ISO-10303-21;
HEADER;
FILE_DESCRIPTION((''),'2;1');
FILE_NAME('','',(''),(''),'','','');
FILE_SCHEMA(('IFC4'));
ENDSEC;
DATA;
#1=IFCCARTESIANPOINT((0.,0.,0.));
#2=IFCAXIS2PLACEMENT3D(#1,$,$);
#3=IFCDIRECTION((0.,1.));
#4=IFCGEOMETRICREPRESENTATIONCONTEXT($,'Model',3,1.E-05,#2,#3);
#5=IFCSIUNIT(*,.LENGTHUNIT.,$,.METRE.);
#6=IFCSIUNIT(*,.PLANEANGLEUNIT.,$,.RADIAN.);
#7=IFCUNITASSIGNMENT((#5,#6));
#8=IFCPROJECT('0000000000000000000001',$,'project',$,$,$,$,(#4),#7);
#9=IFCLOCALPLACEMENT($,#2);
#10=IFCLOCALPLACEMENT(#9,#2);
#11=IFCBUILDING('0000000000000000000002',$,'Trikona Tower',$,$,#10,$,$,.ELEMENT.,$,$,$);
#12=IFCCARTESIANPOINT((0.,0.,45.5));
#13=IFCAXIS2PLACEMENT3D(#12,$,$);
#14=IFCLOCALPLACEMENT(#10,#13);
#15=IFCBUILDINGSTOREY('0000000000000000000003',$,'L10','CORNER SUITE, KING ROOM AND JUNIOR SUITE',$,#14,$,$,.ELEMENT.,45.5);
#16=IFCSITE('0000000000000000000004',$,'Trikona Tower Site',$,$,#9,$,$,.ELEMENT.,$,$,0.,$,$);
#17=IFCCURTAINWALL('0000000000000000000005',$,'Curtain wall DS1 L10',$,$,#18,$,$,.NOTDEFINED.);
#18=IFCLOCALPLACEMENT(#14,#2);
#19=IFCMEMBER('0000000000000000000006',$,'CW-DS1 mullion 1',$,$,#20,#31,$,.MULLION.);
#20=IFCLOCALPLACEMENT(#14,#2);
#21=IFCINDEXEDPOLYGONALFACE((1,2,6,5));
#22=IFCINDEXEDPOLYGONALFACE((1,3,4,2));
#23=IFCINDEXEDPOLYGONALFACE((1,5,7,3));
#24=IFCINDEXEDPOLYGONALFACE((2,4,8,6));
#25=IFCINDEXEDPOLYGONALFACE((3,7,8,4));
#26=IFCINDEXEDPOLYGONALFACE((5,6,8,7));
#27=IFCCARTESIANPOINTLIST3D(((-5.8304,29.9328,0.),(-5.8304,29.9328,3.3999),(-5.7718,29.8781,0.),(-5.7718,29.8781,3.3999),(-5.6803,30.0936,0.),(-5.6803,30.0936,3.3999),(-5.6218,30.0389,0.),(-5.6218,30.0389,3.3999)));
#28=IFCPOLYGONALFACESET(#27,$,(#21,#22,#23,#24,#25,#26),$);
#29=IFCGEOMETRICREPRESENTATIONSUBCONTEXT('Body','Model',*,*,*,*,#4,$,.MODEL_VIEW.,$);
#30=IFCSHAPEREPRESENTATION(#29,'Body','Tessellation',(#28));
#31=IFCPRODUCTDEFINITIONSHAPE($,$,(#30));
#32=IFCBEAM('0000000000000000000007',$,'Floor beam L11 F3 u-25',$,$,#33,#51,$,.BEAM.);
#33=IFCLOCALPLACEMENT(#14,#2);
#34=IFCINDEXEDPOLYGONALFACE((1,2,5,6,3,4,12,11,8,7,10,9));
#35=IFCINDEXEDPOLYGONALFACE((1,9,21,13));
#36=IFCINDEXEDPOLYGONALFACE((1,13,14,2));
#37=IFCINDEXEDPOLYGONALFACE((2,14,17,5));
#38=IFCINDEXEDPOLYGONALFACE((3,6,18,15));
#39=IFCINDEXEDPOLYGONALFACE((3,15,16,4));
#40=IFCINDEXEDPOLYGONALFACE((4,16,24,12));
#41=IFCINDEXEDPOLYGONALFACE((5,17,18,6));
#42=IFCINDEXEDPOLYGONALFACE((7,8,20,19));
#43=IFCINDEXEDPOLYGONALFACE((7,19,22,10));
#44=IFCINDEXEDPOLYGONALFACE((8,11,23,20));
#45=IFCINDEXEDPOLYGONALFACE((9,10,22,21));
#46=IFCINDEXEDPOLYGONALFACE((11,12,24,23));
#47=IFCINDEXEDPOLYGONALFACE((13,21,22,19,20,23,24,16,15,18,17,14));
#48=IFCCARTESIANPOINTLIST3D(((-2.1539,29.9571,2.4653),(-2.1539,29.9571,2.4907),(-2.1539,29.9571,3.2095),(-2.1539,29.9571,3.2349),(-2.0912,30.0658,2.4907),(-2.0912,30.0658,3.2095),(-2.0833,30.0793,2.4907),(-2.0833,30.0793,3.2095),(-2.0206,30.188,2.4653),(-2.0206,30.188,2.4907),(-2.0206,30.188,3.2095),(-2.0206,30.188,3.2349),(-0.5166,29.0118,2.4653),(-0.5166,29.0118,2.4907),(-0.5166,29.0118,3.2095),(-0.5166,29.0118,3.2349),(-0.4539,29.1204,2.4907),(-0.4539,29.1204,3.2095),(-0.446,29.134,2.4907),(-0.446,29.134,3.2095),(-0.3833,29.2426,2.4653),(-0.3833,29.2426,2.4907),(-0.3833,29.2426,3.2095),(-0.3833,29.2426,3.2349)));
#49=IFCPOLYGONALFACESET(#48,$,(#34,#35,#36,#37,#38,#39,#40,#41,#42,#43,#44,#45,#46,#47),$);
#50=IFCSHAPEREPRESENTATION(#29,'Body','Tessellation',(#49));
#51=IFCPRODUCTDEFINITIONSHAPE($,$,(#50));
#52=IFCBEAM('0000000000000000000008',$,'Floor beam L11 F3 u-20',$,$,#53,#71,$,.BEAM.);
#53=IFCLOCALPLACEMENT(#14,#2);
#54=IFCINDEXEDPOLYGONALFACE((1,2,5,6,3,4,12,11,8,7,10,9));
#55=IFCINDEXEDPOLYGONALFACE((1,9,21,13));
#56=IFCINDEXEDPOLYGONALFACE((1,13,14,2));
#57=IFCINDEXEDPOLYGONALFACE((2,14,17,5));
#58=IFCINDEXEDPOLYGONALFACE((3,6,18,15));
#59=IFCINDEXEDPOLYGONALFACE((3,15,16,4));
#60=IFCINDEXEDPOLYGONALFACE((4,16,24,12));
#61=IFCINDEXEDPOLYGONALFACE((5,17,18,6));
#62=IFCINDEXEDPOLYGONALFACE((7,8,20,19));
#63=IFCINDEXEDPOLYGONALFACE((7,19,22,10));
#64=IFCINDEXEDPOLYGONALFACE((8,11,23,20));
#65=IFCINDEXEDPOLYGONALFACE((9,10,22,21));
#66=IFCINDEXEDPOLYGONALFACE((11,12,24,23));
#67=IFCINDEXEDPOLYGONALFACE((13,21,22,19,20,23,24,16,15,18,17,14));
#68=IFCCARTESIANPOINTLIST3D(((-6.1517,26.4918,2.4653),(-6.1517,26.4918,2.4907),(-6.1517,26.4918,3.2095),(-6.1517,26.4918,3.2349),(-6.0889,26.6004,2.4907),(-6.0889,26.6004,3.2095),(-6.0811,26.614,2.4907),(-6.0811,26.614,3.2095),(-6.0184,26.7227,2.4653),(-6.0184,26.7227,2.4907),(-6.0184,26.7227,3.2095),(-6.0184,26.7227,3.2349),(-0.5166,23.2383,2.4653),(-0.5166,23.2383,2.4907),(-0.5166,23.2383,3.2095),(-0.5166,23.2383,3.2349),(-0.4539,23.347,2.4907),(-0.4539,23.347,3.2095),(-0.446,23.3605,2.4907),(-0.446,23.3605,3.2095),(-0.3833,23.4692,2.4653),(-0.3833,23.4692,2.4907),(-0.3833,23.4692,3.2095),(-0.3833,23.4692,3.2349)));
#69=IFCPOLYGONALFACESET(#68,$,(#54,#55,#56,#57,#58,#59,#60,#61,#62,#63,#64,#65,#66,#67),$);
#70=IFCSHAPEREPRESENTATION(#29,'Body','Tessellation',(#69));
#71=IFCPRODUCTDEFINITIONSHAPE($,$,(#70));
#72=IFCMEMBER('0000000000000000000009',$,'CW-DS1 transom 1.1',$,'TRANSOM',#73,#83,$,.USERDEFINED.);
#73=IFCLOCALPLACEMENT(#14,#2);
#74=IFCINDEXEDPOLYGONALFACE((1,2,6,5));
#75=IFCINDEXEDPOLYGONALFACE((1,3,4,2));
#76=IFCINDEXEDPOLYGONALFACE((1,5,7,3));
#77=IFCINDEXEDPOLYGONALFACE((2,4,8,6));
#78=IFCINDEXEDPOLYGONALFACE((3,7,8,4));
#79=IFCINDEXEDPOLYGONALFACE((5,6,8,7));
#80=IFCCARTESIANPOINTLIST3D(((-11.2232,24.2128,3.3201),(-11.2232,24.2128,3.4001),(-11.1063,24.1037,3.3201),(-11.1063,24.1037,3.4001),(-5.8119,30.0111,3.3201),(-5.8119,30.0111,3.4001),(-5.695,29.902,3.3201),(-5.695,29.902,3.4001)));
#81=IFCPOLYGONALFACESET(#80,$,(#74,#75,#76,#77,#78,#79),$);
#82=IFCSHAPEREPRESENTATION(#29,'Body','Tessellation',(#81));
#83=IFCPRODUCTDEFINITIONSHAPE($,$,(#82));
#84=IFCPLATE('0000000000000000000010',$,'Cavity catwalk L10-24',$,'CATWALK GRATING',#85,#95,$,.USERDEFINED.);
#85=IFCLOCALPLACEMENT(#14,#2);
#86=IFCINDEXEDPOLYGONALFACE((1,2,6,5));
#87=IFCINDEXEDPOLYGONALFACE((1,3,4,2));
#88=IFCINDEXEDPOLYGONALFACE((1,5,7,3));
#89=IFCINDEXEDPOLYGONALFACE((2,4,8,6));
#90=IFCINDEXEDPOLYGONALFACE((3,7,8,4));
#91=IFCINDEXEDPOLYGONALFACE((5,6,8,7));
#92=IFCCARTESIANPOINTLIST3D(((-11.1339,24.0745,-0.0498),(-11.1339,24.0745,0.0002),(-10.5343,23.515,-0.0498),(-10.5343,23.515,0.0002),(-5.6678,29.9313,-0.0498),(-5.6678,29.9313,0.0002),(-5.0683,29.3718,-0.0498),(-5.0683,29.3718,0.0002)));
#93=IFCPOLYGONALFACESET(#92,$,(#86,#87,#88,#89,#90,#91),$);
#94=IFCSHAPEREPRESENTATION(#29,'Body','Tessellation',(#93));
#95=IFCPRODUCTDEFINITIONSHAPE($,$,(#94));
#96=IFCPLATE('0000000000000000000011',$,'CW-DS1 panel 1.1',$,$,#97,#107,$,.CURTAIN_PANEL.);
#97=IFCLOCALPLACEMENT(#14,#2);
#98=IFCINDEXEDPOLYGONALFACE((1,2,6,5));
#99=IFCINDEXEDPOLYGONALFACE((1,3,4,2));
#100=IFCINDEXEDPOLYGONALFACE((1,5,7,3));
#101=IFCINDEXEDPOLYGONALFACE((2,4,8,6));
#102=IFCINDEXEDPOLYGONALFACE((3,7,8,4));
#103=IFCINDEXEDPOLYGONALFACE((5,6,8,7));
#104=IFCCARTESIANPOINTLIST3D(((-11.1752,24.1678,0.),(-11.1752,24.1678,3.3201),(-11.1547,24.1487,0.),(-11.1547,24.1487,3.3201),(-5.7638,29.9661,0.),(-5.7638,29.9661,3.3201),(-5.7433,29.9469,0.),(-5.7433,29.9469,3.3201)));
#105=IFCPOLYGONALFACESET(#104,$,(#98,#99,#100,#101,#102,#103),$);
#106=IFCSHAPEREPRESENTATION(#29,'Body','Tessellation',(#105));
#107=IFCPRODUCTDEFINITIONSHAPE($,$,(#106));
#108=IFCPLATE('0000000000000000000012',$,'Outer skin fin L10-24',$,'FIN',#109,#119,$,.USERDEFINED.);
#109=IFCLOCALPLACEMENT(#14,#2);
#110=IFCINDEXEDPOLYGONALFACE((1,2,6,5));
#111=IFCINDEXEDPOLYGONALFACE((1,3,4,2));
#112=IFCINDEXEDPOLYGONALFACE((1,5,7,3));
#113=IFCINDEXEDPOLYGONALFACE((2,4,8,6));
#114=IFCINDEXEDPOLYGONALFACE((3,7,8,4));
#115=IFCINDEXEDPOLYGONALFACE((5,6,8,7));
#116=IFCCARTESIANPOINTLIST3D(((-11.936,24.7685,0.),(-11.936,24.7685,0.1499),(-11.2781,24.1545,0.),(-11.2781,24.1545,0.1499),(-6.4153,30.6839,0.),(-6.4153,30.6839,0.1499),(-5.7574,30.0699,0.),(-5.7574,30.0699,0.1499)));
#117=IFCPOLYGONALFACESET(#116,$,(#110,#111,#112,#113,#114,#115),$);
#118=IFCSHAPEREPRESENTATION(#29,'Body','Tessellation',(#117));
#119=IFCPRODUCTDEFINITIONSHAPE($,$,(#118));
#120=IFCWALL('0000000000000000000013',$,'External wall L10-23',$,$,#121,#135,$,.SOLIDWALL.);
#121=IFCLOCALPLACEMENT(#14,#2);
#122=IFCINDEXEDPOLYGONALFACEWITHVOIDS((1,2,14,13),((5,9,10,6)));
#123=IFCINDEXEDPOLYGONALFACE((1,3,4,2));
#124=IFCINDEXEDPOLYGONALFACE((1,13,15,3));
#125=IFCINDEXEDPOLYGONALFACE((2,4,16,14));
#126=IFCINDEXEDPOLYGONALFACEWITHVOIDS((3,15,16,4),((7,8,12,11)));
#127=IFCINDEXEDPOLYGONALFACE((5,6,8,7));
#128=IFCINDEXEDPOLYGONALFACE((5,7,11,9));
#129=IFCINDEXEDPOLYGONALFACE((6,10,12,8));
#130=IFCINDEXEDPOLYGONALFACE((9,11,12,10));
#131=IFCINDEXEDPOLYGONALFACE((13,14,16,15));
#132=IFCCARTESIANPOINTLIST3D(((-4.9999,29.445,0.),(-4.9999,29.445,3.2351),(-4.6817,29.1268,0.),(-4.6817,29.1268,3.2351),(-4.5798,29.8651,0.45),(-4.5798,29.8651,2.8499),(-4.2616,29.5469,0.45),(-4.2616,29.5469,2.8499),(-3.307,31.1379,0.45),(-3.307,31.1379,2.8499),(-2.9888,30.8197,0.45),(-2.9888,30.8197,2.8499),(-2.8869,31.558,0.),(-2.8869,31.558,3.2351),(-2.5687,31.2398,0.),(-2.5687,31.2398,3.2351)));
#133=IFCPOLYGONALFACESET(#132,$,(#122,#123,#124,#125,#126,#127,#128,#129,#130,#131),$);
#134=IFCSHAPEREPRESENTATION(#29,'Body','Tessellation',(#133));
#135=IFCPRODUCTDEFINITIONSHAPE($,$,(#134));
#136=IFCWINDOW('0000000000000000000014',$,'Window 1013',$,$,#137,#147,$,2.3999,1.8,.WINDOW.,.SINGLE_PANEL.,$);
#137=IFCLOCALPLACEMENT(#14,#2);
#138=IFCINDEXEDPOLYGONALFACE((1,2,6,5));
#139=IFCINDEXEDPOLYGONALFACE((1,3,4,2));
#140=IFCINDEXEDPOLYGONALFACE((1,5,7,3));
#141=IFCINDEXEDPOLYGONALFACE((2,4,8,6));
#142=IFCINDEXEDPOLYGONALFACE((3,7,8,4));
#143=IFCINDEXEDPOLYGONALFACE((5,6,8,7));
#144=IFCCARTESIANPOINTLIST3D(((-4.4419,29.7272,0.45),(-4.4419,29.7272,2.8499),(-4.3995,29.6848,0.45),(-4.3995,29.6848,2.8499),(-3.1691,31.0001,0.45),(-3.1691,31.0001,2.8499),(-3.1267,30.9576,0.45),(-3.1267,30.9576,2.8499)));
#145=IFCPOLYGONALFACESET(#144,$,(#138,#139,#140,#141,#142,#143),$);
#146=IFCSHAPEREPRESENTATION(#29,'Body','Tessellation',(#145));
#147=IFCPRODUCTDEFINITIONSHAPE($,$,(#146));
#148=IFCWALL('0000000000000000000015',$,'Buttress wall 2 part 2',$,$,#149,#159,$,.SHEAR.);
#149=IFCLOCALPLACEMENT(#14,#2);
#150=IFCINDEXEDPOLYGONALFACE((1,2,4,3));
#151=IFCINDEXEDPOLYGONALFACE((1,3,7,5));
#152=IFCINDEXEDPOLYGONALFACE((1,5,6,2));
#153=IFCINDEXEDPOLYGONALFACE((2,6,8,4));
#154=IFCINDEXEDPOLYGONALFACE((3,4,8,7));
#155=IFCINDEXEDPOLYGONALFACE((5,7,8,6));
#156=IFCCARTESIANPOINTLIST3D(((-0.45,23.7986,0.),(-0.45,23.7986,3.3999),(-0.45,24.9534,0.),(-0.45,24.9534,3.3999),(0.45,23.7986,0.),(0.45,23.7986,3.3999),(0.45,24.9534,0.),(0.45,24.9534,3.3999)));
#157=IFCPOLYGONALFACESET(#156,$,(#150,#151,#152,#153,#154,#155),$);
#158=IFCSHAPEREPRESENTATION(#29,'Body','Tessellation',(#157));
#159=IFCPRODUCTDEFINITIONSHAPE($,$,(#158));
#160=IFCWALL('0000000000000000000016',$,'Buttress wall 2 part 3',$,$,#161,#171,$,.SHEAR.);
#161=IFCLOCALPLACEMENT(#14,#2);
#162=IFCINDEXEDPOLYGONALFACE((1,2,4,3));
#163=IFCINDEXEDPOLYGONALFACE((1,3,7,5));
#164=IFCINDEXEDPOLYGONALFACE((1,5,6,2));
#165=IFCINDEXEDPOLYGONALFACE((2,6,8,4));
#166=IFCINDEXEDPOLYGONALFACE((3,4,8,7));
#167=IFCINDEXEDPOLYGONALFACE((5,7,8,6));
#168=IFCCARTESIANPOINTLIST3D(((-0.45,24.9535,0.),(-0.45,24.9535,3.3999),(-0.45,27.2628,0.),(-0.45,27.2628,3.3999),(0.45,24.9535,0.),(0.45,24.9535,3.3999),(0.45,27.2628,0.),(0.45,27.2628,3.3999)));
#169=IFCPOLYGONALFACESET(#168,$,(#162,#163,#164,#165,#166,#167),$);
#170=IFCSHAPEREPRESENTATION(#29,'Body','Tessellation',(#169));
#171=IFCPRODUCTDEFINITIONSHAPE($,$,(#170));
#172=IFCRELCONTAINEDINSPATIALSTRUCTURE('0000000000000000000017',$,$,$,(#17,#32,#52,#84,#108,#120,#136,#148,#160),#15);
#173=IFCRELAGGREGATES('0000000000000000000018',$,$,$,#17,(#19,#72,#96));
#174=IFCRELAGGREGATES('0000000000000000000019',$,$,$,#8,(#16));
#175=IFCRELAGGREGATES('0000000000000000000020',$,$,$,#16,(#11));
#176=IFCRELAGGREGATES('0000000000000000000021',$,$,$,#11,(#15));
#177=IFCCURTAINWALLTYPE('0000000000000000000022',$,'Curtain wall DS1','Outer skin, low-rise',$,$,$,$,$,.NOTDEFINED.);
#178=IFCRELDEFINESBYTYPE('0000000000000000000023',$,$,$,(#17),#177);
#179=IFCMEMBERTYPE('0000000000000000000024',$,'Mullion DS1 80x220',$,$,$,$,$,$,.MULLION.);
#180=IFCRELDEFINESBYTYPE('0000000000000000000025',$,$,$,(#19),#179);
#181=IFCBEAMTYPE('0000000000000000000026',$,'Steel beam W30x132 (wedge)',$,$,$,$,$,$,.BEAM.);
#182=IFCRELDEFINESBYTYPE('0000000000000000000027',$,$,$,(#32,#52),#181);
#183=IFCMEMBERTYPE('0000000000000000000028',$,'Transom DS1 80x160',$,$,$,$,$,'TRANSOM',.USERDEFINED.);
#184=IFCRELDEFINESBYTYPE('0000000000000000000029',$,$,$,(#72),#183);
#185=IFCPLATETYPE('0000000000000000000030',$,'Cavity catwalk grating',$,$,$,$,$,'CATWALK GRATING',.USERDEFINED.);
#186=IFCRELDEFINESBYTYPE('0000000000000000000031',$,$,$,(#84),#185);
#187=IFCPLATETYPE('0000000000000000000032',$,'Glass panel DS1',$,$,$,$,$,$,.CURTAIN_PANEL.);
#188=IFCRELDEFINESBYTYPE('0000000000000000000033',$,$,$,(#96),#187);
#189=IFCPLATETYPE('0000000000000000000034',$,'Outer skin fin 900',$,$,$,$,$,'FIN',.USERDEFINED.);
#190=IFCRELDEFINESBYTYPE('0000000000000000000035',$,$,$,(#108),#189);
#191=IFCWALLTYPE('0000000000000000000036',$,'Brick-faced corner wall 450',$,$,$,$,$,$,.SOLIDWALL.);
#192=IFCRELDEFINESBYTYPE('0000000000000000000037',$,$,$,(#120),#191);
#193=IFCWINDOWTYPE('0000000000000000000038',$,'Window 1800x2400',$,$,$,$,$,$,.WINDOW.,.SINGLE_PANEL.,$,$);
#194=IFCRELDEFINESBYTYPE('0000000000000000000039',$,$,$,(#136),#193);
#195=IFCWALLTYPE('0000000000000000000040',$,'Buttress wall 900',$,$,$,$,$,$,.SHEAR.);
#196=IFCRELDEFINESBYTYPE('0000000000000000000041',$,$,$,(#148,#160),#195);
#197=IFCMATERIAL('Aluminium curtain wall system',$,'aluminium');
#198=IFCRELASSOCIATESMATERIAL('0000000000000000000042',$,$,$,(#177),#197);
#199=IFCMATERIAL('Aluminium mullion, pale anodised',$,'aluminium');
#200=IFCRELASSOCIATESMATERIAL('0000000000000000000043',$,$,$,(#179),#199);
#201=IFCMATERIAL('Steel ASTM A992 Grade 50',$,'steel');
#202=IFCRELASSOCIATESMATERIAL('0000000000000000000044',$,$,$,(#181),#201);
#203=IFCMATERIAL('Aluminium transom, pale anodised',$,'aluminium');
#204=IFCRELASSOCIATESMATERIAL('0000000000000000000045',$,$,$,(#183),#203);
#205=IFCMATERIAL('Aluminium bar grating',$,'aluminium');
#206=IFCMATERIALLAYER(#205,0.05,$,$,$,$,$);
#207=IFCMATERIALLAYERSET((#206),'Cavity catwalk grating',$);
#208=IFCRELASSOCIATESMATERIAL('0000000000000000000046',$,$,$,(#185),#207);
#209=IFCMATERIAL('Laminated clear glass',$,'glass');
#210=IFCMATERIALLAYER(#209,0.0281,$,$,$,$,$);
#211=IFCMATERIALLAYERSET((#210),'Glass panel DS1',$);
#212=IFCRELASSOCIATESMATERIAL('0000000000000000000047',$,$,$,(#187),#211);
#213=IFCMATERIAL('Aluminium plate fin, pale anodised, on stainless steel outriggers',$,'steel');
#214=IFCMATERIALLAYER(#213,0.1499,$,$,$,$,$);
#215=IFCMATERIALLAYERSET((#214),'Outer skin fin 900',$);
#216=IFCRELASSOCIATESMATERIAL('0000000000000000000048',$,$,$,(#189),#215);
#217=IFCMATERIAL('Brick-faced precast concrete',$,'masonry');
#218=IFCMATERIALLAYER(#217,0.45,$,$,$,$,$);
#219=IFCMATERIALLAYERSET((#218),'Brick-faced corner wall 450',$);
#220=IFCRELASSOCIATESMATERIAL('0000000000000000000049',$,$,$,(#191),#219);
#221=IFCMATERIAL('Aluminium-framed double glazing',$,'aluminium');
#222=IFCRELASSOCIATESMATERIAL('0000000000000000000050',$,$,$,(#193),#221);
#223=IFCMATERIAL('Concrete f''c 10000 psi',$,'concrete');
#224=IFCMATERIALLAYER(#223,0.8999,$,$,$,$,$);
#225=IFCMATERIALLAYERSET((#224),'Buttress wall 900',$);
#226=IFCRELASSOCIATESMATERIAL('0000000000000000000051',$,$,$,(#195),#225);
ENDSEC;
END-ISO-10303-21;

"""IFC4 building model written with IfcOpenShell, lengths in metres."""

from ifc_helpers import new_model, si_unit, direction, frame, frame_2d, origin, origin_2d, place, context, subcontext, project, spatial, rectangle, i_section, extrude, material, layer, layer_set, material_profile, profile_set, type_object, element, fill, aggregate, save


model = new_model("IFC4")

# Units and contexts
model_context = context("Model", 3, precision=1e-05, world=origin(), true_north=direction((0.0, 1.0)))
body_context = subcontext(model_context, "Body", "Model", "MODEL_VIEW")
ifc_project = project(units=[si_unit("LENGTHUNIT", "METRE"), si_unit("PLANEANGLEUNIT", "RADIAN")], contexts=[model_context])

# Site, building, storey
site_placement = place(None, origin())
site = spatial("IfcSite", under=ifc_project, at=site_placement, Name="Trikona Tower Site", CompositionType="ELEMENT", RefElevation=0.0)
building_placement = place(site_placement, origin())
building = spatial("IfcBuilding", under=site, at=building_placement, Name="Trikona Tower", CompositionType="ELEMENT")
storey_placement = place(building_placement, frame((0.0, 0.0, 45.5)))
storey = spatial("IfcBuildingStorey", under=building, at=storey_placement, Name="L10", Description="CORNER SUITE, KING ROOM AND JUNIOR SUITE", CompositionType="ELEMENT", Elevation=45.5)

# Curtain wall, member
ifc_material_1 = material(Name="Aluminium curtain wall system", Category="aluminium")
curtain_wall_type = type_object("IfcCurtainWallType", Name="Curtain wall DS1", Description="Outer skin, low-rise", PredefinedType="NOTDEFINED", material=ifc_material_1)
curtain_wall_placement = place(storey_placement, origin())
curtain_wall = element("IfcCurtainWall", 1, at=curtain_wall_placement, inside=storey, type_object=curtain_wall_type, Name="Curtain wall DS1 L10", PredefinedType="NOTDEFINED")
ifc_material_2 = material(Name="Aluminium mullion, pale anodised", Category="aluminium")
ifc_material_profile_1 = material_profile(ifc_material_2, rectangle(XDim=0.0801, YDim=0.22, at=origin_2d()), Name="MUL-DS1")
ifc_profile_set_1 = profile_set([ifc_material_profile_1], Name="Aluminium mullion, pale anodised")
member_type_1 = type_object("IfcMemberType", Name="Mullion DS1 80x220", PredefinedType="MULLION", material=ifc_profile_set_1)
member_1_placement = place(storey_placement, frame((-5.7261, 29.9858, 0.0), z_axis=(0.0, 0.0, 1.0), x_axis=(0.731077, -0.682295, 0.0)))
member_1 = element("IfcMember", 2, at=member_1_placement, type_object=member_type_1, Name="CW-DS1 mullion 1", PredefinedType="MULLION", context=body_context, shape_type="SweptSolid", body=[
    extrude(rectangle(XDim=0.0801, YDim=0.22, at=origin_2d()), origin(), (0.0, 0.0, 1.0), 3.3999),
])

# Beams
ifc_material_3 = material(Name="Steel ASTM A992 Grade 50", Category="steel")
ifc_material_profile_2 = material_profile(ifc_material_3, i_section(OverallWidth=0.2666, OverallDepth=0.7695, WebThickness=0.0156, FlangeThickness=0.0254, at=origin_2d()), Name="W30X132")
ifc_profile_set_2 = profile_set([ifc_material_profile_2], Name="Steel ASTM A992 Grade 50")
beam_type = type_object("IfcBeamType", Name="Steel beam W30x132 (wedge)", PredefinedType="BEAM", material=ifc_profile_set_2)
beam_1_placement = place(storey_placement, frame((-0.45, 29.1272, 2.8501), z_axis=(-0.866009, 0.500028, 0.0), x_axis=(-0.500028, -0.866009, 0.0)))
element("IfcBeam", 3, at=beam_1_placement, inside=storey, type_object=beam_type, Name="Floor beam L11 F3 u-25", PredefinedType="BEAM", context=body_context, shape_type="SweptSolid", body=[
    extrude(i_section(OverallWidth=0.2666, OverallDepth=0.7695, WebThickness=0.0156, FlangeThickness=0.0254, at=origin_2d()), origin(), (0.0, 0.0, 1.0), 1.8906),
])
beam_2_placement = place(storey_placement, frame((-0.45, 23.3538, 2.8501), z_axis=(-0.866023, 0.500005, 0.0), x_axis=(-0.500005, -0.866023, 0.0)))
element("IfcBeam", 4, at=beam_2_placement, inside=storey, type_object=beam_type, Name="Floor beam L11 F3 u-20", PredefinedType="BEAM", context=body_context, shape_type="SweptSolid", body=[
    extrude(i_section(OverallWidth=0.2666, OverallDepth=0.7695, WebThickness=0.0156, FlangeThickness=0.0254, at=origin_2d()), origin(), (0.0, 0.0, 1.0), 6.5068),
])

# Member
ifc_material_4 = material(Name="Aluminium transom, pale anodised", Category="aluminium")
ifc_material_profile_3 = material_profile(ifc_material_4, rectangle(XDim=0.1599, YDim=0.0801, at=origin_2d()), Name="TRN-DS1")
ifc_profile_set_3 = profile_set([ifc_material_profile_3], Name="Aluminium transom, pale anodised")
member_type_2 = type_object("IfcMemberType", Name="Transom DS1 80x160", ElementType="TRANSOM", PredefinedType="USERDEFINED", material=ifc_profile_set_3)
member_2_placement = place(storey_placement, frame((-5.7534, 29.9565, 3.3601), z_axis=(-0.682291, -0.731081, 0.0), x_axis=(0.731081, -0.682291, 0.0)))
member_2 = element("IfcMember", 5, at=member_2_placement, type_object=member_type_2, Name="CW-DS1 transom 1.1", ObjectType="TRANSOM", PredefinedType="USERDEFINED", context=body_context, shape_type="SweptSolid", body=[
    extrude(rectangle(XDim=0.1599, YDim=0.0801, at=origin_2d()), origin(), (0.0, 0.0, 1.0), 7.9312),
])

# Plates
ifc_material_5 = material(Name="Aluminium bar grating", Category="aluminium")
ifc_layer_1 = layer(ifc_material_5, 0.05)
ifc_layer_set_1 = layer_set([ifc_layer_1], Name="Cavity catwalk grating")
plate_type_1 = type_object("IfcPlateType", Name="Cavity catwalk grating", ElementType="CATWALK GRATING", PredefinedType="USERDEFINED", material=ifc_layer_set_1)
plate_1_placement = place(storey_placement, frame((-8.1011, 26.7231, -0.0498), z_axis=(0.0, 0.0, 1.0), x_axis=(-0.682298, -0.731074, 0.0)))
element("IfcPlate", 6, at=plate_1_placement, inside=storey, type_object=plate_type_1, Name="Cavity catwalk L10-24", ObjectType="CATWALK GRATING", PredefinedType="USERDEFINED", context=body_context, shape_type="SweptSolid", body=[
    extrude(rectangle(XDim=8.0112, YDim=0.8201, at=origin_2d()), origin(), (0.0, 0.0, 1.0), 0.05),
])
ifc_material_6 = material(Name="Laminated clear glass", Category="glass")
ifc_layer_2 = layer(ifc_material_6, 0.0281)
ifc_layer_set_2 = layer_set([ifc_layer_2], Name="Glass panel DS1")
plate_type_2 = type_object("IfcPlateType", Name="Glass panel DS1", PredefinedType="CURTAIN_PANEL", material=ifc_layer_set_2)
plate_2_placement = place(storey_placement, frame((-8.4592, 27.0574, 0.0), z_axis=(0.0, 0.0, 1.0), x_axis=(-0.682295, -0.731077, 0.0)))
plate_2 = element("IfcPlate", 7, at=plate_2_placement, type_object=plate_type_2, Name="CW-DS1 panel 1.1", PredefinedType="CURTAIN_PANEL", context=body_context, shape_type="SweptSolid", body=[
    extrude(rectangle(XDim=7.9312, YDim=0.0281, at=origin_2d()), origin(), (0.0, 0.0, 1.0), 3.3201),
])
aggregate(curtain_wall, [member_1, member_2, plate_2])
ifc_material_7 = material(Name="Aluminium plate fin, pale anodised, on stainless steel outriggers", Category="steel")
ifc_layer_3 = layer(ifc_material_7, 0.1499)
ifc_layer_set_3 = layer_set([ifc_layer_3], Name="Outer skin fin 900")
plate_type_3 = type_object("IfcPlateType", Name="Outer skin fin 900", ElementType="FIN", PredefinedType="USERDEFINED", material=ifc_layer_set_3)
plate_3_placement = place(storey_placement, frame((-8.8467, 27.4192, 0.0), z_axis=(0.0, 0.0, 1.0), x_axis=(-0.682298, -0.731074, 0.0)))
element("IfcPlate", 8, at=plate_3_placement, inside=storey, type_object=plate_type_3, Name="Outer skin fin L10-24", ObjectType="FIN", PredefinedType="USERDEFINED", context=body_context, shape_type="SweptSolid", body=[
    extrude(rectangle(XDim=8.0913, YDim=0.8999, at=origin_2d()), origin(), (0.0, 0.0, 1.0), 0.1499),
])

# Wall, opening, window
ifc_material_8 = material(Name="Brick-faced precast concrete", Category="masonry")
ifc_layer_4 = layer(ifc_material_8, 0.45)
ifc_layer_set_4 = layer_set([ifc_layer_4], Name="Brick-faced corner wall 450")
wall_type_1 = type_object("IfcWallType", Name="Brick-faced corner wall 450", PredefinedType="SOLIDWALL", material=ifc_layer_set_4)
wall_1_placement = place(storey_placement, frame((-2.7278, 31.3989, 0.0), z_axis=(0.0, 0.0, 1.0), x_axis=(-0.707107, -0.707107, 0.0)))
wall_1 = element("IfcWall", 9, at=wall_1_placement, inside=storey, type_object=wall_type_1, Name="External wall L10-23", PredefinedType="SOLIDWALL", context=body_context, shape_type="SweptSolid", body=[
    extrude(rectangle(XDim=2.9883, YDim=0.45, at=frame_2d((1.4941, 0.0))), origin(), (0.0, 0.0, 1.0), 3.2351),
])
opening_1_placement = place(wall_1_placement, frame((0.5942, 0.0, 0.45)))
opening_1 = element("IfcOpeningElement", 10, at=opening_1_placement, cuts=wall_1, PredefinedType="OPENING", context=body_context, shape_type="SweptSolid", body=[
    extrude(rectangle(XDim=1.8, YDim=2.3999, at=frame_2d((0.8999, 1.2))), frame((0.0, 0.2349, 0.0), z_axis=(0.0, -1.0, 0.0), x_axis=(1.0, 0.0, 0.0)), (0.0, 0.0, 1.0), 0.47),
])
ifc_material_9 = material(Name="Aluminium-framed double glazing", Category="aluminium")
window_type_1 = type_object("IfcWindowType", Name="Window 1800x2400", PartitioningType="SINGLE_PANEL", PredefinedType="WINDOW", material=ifc_material_9)
window_1_placement = place(opening_1_placement, origin())
window_1 = element("IfcWindow", 11, at=window_1_placement, inside=storey, type_object=window_type_1, Name="Window 1013", OverallHeight=2.3999, OverallWidth=1.8, PartitioningType="SINGLE_PANEL", PredefinedType="WINDOW", context=body_context, shape_type="SweptSolid", body=[
    extrude(rectangle(XDim=1.8, YDim=2.3999, at=frame_2d((0.8999, 1.2))), frame((0.0, 0.03, 0.0), z_axis=(0.0, -1.0, 0.0), x_axis=(1.0, 0.0, 0.0)), (0.0, 0.0, 1.0), 0.0601),
])
fill(opening_1, window_1)

# Walls
ifc_material_10 = material(Name="Concrete f'c 10000 psi", Category="concrete")
ifc_layer_5 = layer(ifc_material_10, 0.8999)
ifc_layer_set_5 = layer_set([ifc_layer_5], Name="Buttress wall 900")
wall_type_2 = type_object("IfcWallType", Name="Buttress wall 900", PredefinedType="SHEAR", material=ifc_layer_set_5)
wall_2_placement = place(storey_placement, frame((0.0, 23.7986, 0.0), z_axis=(0.0, 0.0, 1.0), x_axis=(0.0, 1.0, 0.0)))
element("IfcWall", 12, at=wall_2_placement, inside=storey, type_object=wall_type_2, Name="Buttress wall 2 part 2", PredefinedType="SHEAR", context=body_context, shape_type="SweptSolid", body=[
    extrude(rectangle(XDim=1.1548, YDim=0.8999, at=frame_2d((0.5774, 0.0))), origin(), (0.0, 0.0, 1.0), 3.3999),
])
wall_3_placement = place(storey_placement, frame((0.0, 24.9534, 0.0), z_axis=(0.0, 0.0, 1.0), x_axis=(0.0, 1.0, 0.0)))
element("IfcWall", 13, at=wall_3_placement, inside=storey, type_object=wall_type_2, Name="Buttress wall 2 part 3", PredefinedType="SHEAR", context=body_context, shape_type="SweptSolid", body=[
    extrude(rectangle(XDim=2.3093, YDim=0.8999, at=frame_2d((1.1548, 0.0))), origin(), (0.0, 0.0, 1.0), 3.3999),
])

save(model, "model.ifc")
